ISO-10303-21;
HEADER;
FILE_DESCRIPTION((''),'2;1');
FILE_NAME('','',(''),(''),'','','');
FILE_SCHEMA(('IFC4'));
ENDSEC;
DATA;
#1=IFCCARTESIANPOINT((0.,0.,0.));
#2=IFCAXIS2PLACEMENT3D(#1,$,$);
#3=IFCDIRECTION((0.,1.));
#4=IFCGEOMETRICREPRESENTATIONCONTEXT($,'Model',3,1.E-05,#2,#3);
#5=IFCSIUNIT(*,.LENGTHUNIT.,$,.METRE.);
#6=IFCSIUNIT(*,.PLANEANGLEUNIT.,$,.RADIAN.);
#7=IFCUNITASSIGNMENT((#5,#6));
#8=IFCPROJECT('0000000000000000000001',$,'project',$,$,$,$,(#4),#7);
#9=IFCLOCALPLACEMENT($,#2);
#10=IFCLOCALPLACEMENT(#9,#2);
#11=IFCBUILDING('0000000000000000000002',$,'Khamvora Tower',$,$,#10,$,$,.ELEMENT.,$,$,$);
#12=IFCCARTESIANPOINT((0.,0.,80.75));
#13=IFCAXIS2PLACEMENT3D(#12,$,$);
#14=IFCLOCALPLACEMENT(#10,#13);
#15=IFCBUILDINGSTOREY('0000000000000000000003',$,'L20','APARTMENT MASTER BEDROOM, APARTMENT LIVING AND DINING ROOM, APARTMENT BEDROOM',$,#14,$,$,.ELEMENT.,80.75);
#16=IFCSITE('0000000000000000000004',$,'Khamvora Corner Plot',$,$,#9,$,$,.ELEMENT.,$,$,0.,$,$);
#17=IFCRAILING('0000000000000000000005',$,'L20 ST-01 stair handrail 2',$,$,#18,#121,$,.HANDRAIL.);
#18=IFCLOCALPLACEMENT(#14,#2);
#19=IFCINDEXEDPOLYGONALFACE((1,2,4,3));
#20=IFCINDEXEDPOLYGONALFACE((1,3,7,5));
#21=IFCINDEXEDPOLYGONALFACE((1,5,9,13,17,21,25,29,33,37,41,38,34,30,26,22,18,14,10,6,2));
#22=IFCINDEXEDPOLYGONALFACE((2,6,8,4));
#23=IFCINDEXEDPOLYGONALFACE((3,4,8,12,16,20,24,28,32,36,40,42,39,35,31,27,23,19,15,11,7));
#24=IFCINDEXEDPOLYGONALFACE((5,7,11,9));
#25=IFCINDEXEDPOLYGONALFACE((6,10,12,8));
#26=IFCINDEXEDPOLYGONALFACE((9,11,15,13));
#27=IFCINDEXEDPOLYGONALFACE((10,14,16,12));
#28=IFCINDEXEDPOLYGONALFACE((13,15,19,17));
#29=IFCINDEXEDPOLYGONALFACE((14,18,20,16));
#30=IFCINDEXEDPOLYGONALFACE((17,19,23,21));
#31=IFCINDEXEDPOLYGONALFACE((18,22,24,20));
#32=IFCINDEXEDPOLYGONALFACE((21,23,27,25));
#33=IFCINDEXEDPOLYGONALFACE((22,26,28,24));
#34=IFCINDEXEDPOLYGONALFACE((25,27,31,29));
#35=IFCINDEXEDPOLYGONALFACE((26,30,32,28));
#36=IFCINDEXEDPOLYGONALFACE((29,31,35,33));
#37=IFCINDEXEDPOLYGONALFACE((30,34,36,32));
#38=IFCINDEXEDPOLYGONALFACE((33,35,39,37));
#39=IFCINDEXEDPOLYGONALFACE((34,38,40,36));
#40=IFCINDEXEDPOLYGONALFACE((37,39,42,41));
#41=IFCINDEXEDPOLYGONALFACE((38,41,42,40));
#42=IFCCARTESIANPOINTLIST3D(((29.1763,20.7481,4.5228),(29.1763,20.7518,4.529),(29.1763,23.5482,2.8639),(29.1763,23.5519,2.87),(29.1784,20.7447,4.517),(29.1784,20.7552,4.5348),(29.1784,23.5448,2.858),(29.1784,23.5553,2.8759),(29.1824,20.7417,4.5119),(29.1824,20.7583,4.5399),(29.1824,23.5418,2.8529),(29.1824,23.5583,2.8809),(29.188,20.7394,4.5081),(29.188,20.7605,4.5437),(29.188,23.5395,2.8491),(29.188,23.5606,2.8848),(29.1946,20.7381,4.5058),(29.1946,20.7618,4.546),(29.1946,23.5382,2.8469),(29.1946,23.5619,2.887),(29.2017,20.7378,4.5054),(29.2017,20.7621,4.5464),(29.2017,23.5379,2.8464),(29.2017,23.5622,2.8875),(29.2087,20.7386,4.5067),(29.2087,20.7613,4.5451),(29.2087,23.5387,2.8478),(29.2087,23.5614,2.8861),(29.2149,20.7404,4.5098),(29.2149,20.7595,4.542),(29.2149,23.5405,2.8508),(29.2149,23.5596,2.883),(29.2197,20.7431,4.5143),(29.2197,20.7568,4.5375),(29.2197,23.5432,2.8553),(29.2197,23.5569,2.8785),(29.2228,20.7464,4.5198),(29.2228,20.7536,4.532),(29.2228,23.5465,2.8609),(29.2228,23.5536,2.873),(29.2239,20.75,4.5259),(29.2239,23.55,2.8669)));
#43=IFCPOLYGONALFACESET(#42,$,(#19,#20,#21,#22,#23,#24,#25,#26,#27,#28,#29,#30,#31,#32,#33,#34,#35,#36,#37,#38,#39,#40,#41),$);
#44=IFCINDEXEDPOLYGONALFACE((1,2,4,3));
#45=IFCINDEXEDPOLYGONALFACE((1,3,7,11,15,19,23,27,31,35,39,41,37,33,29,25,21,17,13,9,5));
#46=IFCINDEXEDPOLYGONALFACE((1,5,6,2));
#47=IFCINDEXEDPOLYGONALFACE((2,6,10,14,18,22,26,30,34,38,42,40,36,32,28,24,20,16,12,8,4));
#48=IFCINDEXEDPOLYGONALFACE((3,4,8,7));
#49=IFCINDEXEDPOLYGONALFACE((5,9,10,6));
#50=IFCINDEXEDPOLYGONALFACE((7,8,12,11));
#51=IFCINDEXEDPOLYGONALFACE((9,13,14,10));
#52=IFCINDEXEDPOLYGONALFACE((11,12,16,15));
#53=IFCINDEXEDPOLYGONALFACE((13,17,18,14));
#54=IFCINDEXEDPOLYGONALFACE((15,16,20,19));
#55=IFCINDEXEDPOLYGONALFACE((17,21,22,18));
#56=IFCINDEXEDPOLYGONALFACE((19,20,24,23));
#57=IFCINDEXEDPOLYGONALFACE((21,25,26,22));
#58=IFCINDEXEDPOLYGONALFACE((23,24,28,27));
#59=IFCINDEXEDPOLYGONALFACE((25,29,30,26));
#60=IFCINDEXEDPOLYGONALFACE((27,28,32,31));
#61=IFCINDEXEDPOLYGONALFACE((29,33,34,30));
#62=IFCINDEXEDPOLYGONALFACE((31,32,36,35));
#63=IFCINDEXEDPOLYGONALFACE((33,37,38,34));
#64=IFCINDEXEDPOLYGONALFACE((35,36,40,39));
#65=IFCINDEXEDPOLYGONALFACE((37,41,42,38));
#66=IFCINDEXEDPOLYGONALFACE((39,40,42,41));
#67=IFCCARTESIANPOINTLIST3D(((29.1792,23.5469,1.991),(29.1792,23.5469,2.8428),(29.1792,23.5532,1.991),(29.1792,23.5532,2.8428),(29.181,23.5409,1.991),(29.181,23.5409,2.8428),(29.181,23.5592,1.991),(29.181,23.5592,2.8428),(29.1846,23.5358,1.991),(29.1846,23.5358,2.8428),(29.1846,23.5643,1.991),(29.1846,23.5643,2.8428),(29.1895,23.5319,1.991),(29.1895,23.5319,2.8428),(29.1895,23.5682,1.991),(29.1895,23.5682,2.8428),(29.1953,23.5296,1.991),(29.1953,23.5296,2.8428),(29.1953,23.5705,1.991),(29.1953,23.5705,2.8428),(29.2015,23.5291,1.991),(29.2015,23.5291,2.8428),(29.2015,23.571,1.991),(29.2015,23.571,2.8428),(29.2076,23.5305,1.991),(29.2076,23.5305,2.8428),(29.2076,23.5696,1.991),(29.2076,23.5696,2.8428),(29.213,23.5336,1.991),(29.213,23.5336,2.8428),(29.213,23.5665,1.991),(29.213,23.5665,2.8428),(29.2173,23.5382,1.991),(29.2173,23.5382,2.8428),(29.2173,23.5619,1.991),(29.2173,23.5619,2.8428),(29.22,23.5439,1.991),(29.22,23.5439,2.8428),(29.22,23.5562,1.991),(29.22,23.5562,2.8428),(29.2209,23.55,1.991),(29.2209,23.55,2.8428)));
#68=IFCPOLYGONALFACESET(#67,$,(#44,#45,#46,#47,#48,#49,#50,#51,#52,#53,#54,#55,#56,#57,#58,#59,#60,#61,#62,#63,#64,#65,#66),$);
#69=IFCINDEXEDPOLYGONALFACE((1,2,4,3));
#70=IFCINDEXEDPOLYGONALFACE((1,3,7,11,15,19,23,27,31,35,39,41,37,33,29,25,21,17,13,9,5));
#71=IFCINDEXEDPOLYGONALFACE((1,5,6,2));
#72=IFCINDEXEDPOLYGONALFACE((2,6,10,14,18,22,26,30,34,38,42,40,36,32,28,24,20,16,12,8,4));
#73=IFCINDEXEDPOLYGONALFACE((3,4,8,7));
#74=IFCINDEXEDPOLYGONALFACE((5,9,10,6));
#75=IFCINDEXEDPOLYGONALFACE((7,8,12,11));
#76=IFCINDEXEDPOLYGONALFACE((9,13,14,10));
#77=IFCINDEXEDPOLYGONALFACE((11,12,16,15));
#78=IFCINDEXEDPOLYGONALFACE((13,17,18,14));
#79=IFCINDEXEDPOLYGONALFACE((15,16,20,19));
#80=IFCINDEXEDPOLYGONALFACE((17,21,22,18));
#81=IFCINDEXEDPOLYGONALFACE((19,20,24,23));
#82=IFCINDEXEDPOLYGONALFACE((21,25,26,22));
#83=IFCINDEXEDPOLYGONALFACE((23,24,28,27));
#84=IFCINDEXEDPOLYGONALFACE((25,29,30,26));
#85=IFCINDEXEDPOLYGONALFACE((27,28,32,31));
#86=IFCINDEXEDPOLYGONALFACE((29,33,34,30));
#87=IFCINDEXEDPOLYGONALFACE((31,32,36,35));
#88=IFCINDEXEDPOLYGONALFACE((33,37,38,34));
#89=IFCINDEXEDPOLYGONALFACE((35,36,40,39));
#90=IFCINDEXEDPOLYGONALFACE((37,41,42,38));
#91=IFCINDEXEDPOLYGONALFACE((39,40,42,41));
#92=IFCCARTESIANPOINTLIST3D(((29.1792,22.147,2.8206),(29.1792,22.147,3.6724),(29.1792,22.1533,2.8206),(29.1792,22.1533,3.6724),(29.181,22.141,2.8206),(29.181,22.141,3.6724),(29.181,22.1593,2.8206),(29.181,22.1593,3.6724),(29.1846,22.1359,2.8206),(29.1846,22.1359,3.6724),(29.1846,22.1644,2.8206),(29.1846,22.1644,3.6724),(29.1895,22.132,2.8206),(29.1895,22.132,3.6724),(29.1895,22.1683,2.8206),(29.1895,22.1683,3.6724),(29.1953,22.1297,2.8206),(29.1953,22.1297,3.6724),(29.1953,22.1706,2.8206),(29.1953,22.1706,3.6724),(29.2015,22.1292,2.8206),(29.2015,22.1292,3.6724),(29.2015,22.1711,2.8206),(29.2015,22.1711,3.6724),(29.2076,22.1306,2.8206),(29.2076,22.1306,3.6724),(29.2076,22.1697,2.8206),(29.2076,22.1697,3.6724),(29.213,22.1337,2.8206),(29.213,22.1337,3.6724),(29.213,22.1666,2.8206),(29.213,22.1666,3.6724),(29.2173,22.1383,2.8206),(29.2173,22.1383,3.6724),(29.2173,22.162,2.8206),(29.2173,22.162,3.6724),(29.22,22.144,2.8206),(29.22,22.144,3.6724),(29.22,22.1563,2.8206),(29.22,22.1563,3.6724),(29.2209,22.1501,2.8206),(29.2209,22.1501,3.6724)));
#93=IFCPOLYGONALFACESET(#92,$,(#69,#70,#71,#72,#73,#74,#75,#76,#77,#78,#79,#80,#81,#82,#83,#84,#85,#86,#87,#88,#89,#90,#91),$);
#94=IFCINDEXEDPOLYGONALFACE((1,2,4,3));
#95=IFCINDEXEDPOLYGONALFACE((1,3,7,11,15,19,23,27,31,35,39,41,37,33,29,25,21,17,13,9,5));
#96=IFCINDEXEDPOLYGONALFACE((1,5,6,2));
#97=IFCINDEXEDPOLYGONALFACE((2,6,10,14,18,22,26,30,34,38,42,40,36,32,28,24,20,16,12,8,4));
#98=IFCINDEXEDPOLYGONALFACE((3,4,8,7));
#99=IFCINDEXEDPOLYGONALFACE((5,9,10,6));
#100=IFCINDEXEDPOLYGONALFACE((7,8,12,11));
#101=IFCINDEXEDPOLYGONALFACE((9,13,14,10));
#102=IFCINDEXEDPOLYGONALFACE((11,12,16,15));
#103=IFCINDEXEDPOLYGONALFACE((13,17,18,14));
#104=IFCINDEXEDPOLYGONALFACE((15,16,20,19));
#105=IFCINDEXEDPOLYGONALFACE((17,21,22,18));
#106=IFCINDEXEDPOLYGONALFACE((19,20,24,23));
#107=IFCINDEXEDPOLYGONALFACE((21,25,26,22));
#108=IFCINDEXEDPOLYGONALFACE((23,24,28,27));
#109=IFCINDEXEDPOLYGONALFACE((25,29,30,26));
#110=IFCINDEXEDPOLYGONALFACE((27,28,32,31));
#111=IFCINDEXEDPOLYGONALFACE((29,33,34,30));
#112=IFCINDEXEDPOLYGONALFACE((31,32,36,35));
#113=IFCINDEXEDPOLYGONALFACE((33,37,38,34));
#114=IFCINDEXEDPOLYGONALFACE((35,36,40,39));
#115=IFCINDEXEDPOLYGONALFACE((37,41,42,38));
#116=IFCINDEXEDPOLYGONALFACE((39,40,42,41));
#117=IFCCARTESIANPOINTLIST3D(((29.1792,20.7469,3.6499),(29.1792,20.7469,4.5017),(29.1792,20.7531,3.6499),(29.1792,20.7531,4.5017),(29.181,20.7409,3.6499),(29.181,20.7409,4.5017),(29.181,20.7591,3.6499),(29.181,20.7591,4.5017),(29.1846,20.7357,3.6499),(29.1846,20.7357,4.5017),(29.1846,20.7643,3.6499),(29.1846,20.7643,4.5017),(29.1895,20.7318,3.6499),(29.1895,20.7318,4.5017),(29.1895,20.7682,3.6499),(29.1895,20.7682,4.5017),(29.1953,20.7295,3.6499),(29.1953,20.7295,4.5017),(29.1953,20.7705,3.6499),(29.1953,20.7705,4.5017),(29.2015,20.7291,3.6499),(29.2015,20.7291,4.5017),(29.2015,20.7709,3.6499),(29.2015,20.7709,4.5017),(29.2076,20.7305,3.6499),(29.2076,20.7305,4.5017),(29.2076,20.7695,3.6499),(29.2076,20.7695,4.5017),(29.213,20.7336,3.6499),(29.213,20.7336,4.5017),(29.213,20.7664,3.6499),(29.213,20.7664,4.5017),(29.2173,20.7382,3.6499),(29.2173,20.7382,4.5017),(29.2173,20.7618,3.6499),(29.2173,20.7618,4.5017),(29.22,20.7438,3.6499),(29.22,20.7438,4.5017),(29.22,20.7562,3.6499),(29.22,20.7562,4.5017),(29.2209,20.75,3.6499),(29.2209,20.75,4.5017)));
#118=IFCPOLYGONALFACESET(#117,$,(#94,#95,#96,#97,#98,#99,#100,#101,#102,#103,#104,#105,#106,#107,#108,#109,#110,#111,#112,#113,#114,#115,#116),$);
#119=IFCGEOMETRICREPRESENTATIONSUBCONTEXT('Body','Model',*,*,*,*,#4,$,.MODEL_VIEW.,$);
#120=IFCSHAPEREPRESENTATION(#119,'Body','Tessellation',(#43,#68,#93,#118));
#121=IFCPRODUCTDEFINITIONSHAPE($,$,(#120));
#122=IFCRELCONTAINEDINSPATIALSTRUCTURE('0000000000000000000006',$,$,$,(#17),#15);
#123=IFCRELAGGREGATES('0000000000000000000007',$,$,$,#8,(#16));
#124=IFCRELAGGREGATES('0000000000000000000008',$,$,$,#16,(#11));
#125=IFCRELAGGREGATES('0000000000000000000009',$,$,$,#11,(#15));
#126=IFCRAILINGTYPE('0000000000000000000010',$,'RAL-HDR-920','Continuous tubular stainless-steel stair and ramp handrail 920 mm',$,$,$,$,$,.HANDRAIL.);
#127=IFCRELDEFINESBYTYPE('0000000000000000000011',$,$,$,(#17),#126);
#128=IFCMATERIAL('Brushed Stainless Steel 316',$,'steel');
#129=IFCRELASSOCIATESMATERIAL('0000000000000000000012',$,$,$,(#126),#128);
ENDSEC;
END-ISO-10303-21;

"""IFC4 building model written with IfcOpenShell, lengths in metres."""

from ifc_helpers import new_model, si_unit, direction, frame, origin, origin_2d, place, context, subcontext, project, spatial, circle, extrude, material, type_object, element, save


model = new_model("IFC4")

# Units and contexts
model_context = context("Model", 3, precision=1e-05, world=origin(), true_north=direction((0.0, 1.0)))
body_context = subcontext(model_context, "Body", "Model", "MODEL_VIEW")
ifc_project = project(units=[si_unit("LENGTHUNIT", "METRE"), si_unit("PLANEANGLEUNIT", "RADIAN")], contexts=[model_context])

# Site, building, storey
site_placement = place(None, origin())
site = spatial("IfcSite", under=ifc_project, at=site_placement, Name="Khamvora Corner Plot", CompositionType="ELEMENT", RefElevation=0.0)
building_placement = place(site_placement, origin())
building = spatial("IfcBuilding", under=site, at=building_placement, Name="Khamvora Tower", CompositionType="ELEMENT")
storey_placement = place(building_placement, frame((0.0, 0.0, 80.75)))
storey = spatial("IfcBuildingStorey", under=building, at=storey_placement, Name="L20", Description="APARTMENT MASTER BEDROOM, APARTMENT LIVING AND DINING ROOM, APARTMENT BEDROOM", CompositionType="ELEMENT", Elevation=80.75)

# Railing
ifc_material_1 = material(Name="Brushed Stainless Steel 316", Category="steel")
railing_type_1 = type_object("IfcRailingType", Name="RAL-HDR-920", Description="Continuous tubular stainless-steel stair and ramp handrail 920 mm", PredefinedType="HANDRAIL", material=ifc_material_1)
railing_1_placement = place(storey_placement, frame((29.2, 23.55, 1.991)))
element("IfcRailing", 1, at=railing_1_placement, inside=storey, type_object=railing_type_1, Name="L20 ST-01 stair handrail 2", PredefinedType="HANDRAIL", context=body_context, shape_type="SweptSolid", body=[
    extrude(circle(Radius=0.0239, at=origin_2d()), frame((0.0, 0.0, 0.876), z_axis=(0.0, -0.860339, 0.509722), x_axis=(1.0, 0.0, 0.0)), (0.0, 0.0, 1.0), 3.2546),
    extrude(circle(Radius=0.021, at=origin_2d()), origin(), (0.0, 0.0, 1.0), 0.8518),
    extrude(circle(Radius=0.021, at=origin_2d()), frame((0.0, -1.3999, 0.8296)), (0.0, 0.0, 1.0), 0.8518),
    extrude(circle(Radius=0.021, at=origin_2d()), frame((0.0, -2.8, 1.6589)), (0.0, 0.0, 1.0), 0.8518),
])

save(model, "model.ifc")
